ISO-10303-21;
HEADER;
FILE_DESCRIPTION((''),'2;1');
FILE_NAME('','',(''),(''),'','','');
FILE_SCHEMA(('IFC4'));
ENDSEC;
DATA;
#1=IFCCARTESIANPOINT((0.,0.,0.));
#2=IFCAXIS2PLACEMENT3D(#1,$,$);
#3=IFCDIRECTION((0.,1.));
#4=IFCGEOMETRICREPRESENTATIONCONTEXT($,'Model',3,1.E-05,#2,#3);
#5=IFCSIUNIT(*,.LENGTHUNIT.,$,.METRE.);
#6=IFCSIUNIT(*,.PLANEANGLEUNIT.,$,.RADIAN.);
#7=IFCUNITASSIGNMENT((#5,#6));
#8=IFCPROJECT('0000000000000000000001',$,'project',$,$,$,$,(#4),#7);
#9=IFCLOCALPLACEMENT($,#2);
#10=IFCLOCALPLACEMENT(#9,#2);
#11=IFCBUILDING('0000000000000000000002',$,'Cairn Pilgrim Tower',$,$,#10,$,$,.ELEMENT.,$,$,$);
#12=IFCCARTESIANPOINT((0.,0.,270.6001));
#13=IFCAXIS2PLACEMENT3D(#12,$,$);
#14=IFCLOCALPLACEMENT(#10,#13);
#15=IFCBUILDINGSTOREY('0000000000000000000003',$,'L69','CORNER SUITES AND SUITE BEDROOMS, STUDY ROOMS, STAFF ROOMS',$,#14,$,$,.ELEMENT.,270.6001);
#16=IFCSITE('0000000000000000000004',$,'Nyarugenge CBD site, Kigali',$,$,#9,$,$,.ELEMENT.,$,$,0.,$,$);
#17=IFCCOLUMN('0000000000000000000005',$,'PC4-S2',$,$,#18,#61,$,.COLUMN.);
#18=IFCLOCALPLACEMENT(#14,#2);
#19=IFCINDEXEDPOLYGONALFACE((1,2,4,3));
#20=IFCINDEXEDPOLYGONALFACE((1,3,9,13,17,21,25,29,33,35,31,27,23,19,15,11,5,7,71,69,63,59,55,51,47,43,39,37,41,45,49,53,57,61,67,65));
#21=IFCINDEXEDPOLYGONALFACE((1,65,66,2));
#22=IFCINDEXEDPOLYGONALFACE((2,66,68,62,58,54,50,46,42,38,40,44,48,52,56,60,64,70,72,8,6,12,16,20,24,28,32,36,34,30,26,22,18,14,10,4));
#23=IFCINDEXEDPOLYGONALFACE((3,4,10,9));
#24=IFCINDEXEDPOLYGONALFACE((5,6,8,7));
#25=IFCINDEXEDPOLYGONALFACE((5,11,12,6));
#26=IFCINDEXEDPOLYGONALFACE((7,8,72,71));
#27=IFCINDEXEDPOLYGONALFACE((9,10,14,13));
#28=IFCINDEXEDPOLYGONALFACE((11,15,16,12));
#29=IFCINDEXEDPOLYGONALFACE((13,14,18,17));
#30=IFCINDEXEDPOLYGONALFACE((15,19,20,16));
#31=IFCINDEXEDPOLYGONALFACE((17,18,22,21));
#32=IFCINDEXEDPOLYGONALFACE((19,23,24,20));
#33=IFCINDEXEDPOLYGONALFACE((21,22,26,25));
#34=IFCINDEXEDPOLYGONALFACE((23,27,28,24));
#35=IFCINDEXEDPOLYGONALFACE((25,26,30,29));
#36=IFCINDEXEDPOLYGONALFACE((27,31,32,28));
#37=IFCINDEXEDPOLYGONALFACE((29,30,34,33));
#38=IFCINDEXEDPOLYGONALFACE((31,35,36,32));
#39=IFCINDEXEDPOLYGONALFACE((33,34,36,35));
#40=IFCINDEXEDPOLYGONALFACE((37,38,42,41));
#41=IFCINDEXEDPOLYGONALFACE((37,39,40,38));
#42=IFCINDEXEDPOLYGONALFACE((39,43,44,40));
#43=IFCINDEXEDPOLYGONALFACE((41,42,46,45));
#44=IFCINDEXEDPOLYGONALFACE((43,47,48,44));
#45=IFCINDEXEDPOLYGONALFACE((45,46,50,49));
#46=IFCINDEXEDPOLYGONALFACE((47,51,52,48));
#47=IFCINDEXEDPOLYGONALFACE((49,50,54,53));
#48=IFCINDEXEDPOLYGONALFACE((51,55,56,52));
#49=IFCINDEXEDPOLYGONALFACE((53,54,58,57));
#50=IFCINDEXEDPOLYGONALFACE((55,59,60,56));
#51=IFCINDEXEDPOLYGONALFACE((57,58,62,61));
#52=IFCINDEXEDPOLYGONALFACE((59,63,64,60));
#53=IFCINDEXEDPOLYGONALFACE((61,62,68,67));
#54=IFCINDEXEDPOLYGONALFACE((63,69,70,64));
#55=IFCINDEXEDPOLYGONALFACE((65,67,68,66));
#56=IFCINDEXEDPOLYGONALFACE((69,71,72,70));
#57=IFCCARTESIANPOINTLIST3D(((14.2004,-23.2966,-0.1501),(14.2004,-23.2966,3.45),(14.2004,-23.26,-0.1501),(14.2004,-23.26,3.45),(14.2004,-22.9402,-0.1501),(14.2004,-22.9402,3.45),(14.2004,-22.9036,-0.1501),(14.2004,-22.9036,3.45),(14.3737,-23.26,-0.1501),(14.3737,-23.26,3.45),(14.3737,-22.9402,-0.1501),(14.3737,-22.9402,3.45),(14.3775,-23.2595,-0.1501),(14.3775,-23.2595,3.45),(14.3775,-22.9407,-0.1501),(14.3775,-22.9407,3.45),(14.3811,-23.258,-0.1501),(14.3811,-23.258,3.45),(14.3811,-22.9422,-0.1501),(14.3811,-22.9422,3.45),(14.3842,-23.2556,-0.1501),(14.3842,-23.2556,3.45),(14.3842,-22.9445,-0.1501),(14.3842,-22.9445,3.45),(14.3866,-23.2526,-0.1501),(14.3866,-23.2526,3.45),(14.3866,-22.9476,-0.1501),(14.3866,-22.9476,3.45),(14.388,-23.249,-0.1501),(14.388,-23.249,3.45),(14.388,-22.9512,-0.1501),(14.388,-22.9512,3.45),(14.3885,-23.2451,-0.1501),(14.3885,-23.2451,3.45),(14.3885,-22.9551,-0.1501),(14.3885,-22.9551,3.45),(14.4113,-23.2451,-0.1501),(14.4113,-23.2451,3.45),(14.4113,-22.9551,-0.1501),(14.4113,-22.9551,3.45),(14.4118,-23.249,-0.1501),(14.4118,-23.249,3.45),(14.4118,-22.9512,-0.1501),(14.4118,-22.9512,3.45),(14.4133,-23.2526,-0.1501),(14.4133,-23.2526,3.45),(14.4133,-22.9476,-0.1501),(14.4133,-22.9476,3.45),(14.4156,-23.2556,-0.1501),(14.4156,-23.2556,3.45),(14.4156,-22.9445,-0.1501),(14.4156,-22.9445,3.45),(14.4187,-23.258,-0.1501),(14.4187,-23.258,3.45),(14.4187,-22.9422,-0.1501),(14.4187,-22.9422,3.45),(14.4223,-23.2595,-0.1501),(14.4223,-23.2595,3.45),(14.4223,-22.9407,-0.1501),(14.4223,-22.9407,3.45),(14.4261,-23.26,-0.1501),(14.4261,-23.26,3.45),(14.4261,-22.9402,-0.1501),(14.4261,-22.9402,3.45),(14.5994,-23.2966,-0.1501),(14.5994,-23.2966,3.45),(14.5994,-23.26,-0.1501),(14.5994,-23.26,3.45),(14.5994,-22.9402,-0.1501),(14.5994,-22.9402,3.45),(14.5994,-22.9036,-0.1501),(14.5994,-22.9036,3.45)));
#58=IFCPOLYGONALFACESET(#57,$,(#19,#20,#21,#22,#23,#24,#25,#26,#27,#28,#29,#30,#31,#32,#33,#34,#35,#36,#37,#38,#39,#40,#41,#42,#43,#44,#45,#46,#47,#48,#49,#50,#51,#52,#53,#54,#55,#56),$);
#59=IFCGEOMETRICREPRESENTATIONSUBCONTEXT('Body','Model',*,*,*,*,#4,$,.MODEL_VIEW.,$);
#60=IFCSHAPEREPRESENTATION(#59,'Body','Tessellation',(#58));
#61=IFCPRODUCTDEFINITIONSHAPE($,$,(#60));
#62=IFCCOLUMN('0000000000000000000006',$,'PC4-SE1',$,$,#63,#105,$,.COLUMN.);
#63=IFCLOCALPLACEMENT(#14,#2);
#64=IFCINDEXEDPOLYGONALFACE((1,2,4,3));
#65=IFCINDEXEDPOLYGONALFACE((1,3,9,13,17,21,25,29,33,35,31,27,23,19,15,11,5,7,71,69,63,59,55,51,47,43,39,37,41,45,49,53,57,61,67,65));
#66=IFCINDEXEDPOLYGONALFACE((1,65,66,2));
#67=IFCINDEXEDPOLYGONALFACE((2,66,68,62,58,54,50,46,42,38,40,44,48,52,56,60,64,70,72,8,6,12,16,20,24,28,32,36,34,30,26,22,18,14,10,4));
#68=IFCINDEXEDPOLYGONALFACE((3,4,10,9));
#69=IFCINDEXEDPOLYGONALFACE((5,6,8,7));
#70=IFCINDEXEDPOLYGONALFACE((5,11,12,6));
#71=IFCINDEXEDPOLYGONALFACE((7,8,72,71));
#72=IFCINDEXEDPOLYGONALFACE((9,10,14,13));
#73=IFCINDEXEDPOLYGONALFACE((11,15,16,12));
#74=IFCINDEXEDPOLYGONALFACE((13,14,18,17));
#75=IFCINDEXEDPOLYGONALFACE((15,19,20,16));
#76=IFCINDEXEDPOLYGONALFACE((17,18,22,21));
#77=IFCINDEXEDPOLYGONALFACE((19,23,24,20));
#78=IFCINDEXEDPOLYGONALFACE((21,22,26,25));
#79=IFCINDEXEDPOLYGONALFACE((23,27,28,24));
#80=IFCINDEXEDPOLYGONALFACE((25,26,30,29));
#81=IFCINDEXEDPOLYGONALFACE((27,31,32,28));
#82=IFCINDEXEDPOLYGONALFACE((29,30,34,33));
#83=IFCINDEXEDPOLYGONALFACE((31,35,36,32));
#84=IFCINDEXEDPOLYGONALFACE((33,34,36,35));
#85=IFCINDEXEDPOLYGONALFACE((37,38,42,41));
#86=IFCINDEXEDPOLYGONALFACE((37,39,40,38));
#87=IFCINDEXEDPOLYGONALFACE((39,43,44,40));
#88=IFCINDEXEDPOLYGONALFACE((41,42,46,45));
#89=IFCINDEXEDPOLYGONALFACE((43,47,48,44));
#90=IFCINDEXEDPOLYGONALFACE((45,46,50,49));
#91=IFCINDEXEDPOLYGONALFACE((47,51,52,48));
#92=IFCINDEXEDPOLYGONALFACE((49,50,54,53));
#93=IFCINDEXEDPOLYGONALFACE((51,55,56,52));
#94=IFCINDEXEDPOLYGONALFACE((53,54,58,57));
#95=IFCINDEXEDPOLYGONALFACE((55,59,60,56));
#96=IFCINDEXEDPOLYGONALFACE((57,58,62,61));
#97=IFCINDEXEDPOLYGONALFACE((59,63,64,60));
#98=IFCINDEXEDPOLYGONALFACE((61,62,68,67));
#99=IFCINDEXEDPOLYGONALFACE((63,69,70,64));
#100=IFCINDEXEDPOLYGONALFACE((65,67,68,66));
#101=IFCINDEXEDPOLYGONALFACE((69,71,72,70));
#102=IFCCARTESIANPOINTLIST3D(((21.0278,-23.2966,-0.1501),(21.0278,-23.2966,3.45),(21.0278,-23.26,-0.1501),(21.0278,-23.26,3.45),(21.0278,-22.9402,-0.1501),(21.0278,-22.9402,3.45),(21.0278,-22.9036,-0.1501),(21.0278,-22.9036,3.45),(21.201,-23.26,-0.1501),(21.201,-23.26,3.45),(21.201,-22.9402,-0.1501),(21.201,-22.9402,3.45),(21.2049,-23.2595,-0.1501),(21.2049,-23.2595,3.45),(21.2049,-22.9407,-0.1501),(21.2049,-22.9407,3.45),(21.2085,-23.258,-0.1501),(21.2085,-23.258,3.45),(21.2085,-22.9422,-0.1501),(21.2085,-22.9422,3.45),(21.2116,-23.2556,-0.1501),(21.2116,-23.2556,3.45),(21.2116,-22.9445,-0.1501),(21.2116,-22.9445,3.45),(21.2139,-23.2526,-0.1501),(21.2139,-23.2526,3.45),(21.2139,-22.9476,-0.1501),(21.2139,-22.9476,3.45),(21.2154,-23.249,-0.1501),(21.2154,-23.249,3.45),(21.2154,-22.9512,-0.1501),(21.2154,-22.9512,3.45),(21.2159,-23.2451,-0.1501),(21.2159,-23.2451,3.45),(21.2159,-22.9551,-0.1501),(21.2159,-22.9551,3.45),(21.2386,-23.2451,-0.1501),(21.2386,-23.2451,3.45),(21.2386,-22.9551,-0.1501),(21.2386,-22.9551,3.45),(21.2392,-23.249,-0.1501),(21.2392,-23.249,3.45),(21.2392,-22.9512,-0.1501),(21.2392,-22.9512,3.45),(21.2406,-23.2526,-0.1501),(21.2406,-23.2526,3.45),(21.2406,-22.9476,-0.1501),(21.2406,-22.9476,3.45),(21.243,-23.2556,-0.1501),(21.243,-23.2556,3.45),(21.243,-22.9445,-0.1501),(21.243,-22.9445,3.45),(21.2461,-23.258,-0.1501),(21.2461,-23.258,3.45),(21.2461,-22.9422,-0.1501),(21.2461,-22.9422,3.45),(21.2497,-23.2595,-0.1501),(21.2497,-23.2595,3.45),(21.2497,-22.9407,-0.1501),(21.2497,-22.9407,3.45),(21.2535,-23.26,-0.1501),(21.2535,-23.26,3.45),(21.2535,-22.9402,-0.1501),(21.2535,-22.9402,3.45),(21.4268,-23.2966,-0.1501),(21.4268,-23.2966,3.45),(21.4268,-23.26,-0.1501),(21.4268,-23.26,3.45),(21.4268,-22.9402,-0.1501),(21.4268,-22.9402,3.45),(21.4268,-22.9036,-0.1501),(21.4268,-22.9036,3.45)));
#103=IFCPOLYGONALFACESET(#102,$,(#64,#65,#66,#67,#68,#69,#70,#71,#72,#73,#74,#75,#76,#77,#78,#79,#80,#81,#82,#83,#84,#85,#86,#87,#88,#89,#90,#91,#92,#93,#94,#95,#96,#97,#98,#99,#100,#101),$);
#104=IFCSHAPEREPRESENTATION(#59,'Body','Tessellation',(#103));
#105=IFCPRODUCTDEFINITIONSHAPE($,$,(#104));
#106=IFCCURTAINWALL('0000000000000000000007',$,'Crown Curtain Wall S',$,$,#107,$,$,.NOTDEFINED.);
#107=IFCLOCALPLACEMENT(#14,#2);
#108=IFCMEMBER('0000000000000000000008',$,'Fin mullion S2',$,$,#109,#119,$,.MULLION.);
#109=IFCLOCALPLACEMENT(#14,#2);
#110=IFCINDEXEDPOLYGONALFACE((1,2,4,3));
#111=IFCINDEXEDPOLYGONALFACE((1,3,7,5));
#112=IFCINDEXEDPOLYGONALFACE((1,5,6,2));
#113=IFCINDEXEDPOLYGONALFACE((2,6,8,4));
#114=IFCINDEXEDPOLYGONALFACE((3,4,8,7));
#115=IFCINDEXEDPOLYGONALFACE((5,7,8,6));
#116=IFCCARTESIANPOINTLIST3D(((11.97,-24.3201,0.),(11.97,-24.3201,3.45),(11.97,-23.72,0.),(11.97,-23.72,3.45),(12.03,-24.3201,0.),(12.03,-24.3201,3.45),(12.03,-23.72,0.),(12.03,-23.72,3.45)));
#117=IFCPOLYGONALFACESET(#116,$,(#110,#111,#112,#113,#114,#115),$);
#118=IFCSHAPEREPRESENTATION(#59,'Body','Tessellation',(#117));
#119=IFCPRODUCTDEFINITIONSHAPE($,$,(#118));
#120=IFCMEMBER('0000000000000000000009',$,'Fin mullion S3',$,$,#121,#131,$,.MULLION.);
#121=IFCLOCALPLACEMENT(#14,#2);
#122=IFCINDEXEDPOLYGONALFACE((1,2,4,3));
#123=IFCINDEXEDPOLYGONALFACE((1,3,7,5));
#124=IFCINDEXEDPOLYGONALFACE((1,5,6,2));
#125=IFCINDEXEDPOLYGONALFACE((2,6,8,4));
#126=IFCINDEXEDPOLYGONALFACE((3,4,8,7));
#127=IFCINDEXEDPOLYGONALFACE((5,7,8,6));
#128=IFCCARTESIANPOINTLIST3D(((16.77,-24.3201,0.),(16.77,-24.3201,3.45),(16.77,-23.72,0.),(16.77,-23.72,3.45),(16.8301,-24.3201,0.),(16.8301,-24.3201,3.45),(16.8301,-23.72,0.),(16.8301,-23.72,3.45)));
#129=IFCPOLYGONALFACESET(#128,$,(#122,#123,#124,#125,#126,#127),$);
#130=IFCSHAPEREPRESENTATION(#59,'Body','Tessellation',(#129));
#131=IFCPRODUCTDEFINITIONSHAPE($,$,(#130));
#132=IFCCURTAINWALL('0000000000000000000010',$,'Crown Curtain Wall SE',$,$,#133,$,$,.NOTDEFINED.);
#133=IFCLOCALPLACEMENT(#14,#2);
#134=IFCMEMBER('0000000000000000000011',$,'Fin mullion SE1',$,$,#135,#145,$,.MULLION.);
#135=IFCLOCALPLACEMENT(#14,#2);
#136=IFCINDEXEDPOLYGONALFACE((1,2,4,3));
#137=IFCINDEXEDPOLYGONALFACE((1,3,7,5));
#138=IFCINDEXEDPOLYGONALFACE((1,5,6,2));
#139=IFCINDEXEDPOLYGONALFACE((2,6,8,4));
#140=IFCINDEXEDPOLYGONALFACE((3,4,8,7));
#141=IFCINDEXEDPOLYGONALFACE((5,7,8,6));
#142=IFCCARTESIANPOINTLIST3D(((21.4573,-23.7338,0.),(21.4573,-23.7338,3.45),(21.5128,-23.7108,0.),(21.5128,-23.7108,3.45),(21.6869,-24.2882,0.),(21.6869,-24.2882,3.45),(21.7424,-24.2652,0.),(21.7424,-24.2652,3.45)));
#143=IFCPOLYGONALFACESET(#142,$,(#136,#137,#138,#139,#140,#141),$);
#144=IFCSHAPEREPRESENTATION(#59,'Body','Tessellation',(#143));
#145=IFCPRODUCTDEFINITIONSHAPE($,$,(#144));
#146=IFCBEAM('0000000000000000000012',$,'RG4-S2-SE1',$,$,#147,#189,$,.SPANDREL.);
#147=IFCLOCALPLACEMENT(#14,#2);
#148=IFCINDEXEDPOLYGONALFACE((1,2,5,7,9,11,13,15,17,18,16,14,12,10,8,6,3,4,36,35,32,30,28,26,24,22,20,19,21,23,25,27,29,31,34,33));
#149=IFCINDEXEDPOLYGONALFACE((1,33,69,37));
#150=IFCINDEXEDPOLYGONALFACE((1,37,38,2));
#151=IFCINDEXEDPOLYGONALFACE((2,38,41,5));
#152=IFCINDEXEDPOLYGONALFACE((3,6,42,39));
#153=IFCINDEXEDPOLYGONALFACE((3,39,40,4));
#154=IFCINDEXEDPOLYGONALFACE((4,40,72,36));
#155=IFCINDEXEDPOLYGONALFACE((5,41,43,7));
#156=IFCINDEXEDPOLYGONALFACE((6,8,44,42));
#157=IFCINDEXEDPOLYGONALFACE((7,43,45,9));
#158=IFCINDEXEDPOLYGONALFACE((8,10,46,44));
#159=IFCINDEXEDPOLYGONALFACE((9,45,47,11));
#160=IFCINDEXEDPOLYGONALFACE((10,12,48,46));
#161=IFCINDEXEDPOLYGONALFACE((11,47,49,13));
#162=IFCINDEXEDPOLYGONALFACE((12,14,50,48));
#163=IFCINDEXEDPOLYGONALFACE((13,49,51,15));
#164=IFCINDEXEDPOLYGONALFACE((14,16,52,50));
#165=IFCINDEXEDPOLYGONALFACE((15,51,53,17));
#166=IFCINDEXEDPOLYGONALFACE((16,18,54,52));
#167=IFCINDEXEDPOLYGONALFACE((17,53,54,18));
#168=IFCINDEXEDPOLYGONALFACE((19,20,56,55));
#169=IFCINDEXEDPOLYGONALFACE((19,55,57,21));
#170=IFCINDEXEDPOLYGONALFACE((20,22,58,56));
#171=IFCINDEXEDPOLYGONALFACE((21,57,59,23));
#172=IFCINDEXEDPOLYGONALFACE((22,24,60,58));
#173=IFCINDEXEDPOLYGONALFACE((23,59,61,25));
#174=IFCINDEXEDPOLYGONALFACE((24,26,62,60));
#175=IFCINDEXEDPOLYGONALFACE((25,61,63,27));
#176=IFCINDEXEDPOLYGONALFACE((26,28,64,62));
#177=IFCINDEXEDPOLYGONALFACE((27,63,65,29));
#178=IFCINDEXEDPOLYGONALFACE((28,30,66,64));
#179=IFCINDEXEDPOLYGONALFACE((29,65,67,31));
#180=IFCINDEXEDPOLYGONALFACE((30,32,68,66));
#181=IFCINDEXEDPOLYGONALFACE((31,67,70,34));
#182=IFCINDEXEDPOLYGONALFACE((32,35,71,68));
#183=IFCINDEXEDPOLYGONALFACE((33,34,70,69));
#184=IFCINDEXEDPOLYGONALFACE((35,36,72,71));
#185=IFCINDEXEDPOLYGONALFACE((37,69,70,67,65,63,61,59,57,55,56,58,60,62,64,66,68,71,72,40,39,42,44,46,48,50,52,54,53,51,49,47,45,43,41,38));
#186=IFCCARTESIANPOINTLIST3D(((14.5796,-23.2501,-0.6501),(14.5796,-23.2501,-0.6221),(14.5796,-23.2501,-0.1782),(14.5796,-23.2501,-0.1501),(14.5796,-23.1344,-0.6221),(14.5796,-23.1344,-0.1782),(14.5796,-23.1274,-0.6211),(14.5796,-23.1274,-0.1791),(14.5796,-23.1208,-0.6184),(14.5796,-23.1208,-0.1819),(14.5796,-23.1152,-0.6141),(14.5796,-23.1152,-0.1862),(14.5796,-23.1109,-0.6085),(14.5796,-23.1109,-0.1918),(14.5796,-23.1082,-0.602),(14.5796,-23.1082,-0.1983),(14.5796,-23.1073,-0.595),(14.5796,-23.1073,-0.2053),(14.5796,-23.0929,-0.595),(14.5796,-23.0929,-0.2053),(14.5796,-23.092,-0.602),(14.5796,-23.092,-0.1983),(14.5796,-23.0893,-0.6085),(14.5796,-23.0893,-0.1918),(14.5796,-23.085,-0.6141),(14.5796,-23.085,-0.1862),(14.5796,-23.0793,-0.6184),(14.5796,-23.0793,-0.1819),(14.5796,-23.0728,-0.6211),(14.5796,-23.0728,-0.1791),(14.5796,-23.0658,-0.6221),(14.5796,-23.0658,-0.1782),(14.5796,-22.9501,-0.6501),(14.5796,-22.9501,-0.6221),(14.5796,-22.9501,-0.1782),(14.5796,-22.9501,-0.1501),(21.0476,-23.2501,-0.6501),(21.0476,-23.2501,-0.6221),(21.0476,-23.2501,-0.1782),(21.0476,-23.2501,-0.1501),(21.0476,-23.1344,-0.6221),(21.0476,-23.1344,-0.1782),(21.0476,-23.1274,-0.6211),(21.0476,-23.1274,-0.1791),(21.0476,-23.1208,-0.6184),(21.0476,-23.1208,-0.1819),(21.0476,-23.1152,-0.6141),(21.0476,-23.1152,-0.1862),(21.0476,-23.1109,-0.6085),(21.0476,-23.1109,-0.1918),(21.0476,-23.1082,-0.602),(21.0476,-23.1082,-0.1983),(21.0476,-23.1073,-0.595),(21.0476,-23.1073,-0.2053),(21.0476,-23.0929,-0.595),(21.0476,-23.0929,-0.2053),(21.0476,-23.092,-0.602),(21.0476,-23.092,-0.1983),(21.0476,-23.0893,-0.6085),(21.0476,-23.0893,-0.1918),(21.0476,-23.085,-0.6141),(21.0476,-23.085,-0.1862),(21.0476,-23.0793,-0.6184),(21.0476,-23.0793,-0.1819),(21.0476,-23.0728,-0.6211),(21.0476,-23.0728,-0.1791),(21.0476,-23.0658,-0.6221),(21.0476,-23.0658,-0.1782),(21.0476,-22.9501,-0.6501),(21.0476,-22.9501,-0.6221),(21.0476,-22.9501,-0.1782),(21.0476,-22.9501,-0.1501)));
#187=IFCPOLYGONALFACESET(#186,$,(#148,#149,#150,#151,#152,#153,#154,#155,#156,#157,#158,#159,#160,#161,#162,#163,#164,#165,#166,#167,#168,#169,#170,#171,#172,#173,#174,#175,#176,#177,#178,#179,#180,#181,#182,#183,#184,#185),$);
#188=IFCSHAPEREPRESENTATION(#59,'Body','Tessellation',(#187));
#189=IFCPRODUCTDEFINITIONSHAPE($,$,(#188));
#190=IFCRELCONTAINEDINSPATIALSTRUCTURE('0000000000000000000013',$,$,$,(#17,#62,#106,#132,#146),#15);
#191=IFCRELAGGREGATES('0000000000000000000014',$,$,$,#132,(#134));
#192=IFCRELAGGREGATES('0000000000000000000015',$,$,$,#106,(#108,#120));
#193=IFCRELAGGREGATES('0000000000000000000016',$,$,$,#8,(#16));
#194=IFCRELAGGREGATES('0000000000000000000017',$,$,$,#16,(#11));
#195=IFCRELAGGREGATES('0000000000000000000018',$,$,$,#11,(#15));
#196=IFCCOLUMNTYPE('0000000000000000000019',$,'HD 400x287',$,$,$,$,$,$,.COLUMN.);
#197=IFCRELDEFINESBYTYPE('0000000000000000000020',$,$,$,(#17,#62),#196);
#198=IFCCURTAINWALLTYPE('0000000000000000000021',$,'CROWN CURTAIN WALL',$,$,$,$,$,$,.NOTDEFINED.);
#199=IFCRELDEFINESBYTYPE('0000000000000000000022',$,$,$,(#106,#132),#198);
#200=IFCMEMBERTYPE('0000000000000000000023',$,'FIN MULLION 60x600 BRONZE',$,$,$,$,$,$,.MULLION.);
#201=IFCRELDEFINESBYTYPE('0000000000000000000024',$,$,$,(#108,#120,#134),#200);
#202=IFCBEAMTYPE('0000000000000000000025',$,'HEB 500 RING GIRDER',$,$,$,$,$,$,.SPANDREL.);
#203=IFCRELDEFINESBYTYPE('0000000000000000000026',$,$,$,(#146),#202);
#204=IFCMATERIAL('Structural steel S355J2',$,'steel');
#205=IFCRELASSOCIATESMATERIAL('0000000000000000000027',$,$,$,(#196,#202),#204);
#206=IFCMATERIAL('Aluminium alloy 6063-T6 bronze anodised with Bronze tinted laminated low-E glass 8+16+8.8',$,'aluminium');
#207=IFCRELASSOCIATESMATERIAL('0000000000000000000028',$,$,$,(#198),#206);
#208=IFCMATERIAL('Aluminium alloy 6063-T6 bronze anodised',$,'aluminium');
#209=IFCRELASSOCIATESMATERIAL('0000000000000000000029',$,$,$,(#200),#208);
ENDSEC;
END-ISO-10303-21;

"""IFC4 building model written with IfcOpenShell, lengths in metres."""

from ifc_helpers import new_model, si_unit, direction, frame, origin, origin_2d, place, context, subcontext, project, spatial, rectangle, i_section, extrude, material, material_profile, profile_set, type_object, element, aggregate, save


model = new_model("IFC4")

# Units and contexts
model_context = context("Model", 3, precision=1e-05, world=origin(), true_north=direction((0.0, 1.0)))
body_context = subcontext(model_context, "Body", "Model", "MODEL_VIEW")
ifc_project = project(units=[si_unit("LENGTHUNIT", "METRE"), si_unit("PLANEANGLEUNIT", "RADIAN")], contexts=[model_context])

# Site, building, storey
site_placement = place(None, origin())
site = spatial("IfcSite", under=ifc_project, at=site_placement, Name="Nyarugenge CBD site, Kigali", CompositionType="ELEMENT", RefElevation=0.0)
building_placement = place(site_placement, origin())
building = spatial("IfcBuilding", under=site, at=building_placement, Name="Cairn Pilgrim Tower", CompositionType="ELEMENT")
storey_placement = place(building_placement, frame((0.0, 0.0, 270.6001)))
storey = spatial("IfcBuildingStorey", under=building, at=storey_placement, Name="L69", Description="CORNER SUITES AND SUITE BEDROOMS, STUDY ROOMS, STAFF ROOMS", CompositionType="ELEMENT", Elevation=270.6001)

# Columns
ifc_material_1 = material(Name="Structural steel S355J2", Category="steel")
ifc_material_profile_1 = material_profile(ifc_material_1, i_section(OverallWidth=0.3989, OverallDepth=0.3931, WebThickness=0.0227, FlangeThickness=0.0366, FilletRadius=0.0149, at=origin_2d()), Name="HD 400x287")
ifc_profile_set_1 = profile_set([ifc_material_profile_1], Name="Structural steel S355J2")
column_type = type_object("IfcColumnType", Name="HD 400x287", PredefinedType="COLUMN", material=ifc_profile_set_1)
for number, where, z_axis, x_axis, name in (
    (1, (14.3999, -23.1001, -0.1501), (0.0, 0.0, 1.0), (1.0, 0.0, 0.0), "PC4-S2"),
    (2, (21.2273, -23.1001, -0.1501), (0.0, 0.0, 1.0), (1.0, 0.0, 0.0), "PC4-SE1"),
):
    element("IfcColumn", number, at=place(storey_placement, frame(where, z_axis=z_axis, x_axis=x_axis)), inside=storey, type_object=column_type, Name=name, PredefinedType="COLUMN", context=body_context, shape_type="SweptSolid", body=[
        extrude(i_section(OverallWidth=0.3989, OverallDepth=0.3931, WebThickness=0.0227, FlangeThickness=0.0366, FilletRadius=0.0149, at=origin_2d()), origin(), (0.0, 0.0, 1.0), 3.6001),
    ])

# Curtain wall, members
ifc_material_2 = material(Name="Aluminium alloy 6063-T6 bronze anodised with Bronze tinted laminated low-E glass 8+16+8.8", Category="aluminium")
curtain_wall_type = type_object("IfcCurtainWallType", Name="CROWN CURTAIN WALL", PredefinedType="NOTDEFINED", material=ifc_material_2)
curtain_wall_1_placement = place(storey_placement, origin())
curtain_wall_1 = element("IfcCurtainWall", 3, at=curtain_wall_1_placement, inside=storey, type_object=curtain_wall_type, Name="Crown Curtain Wall S", PredefinedType="NOTDEFINED")
ifc_material_3 = material(Name="Aluminium alloy 6063-T6 bronze anodised", Category="aluminium")
ifc_material_profile_2 = material_profile(ifc_material_3, rectangle(XDim=0.6001, YDim=0.0601, at=origin_2d()), Name="FIN MULLION 60x600 BRONZE")
ifc_profile_set_2 = profile_set([ifc_material_profile_2], Name="Aluminium alloy 6063-T6 bronze anodised")
member_type_1 = type_object("IfcMemberType", Name="FIN MULLION 60x600 BRONZE", PredefinedType="MULLION", material=ifc_profile_set_2)
member_1_placement = place(storey_placement, frame((12.0, -24.02, 0.0), z_axis=(0.0, 0.0, 1.0), x_axis=(0.0, -1.0, 0.0)))
member_1 = element("IfcMember", 4, at=member_1_placement, type_object=member_type_1, Name="Fin mullion S2", PredefinedType="MULLION", context=body_context, shape_type="SweptSolid", body=[
    extrude(rectangle(XDim=0.6001, YDim=0.0601, at=origin_2d()), origin(), (0.0, 0.0, 1.0), 3.45),
])
member_2_placement = place(storey_placement, frame((16.8, -24.02, 0.0), z_axis=(0.0, 0.0, 1.0), x_axis=(0.0, -1.0, 0.0)))
member_2 = element("IfcMember", 5, at=member_2_placement, type_object=member_type_1, Name="Fin mullion S3", PredefinedType="MULLION", context=body_context, shape_type="SweptSolid", body=[
    extrude(rectangle(XDim=0.6001, YDim=0.0601, at=origin_2d()), origin(), (0.0, 0.0, 1.0), 3.45),
])

# Curtain wall, member
curtain_wall_2_placement = place(storey_placement, origin())
curtain_wall_2 = element("IfcCurtainWall", 6, at=curtain_wall_2_placement, inside=storey, type_object=curtain_wall_type, Name="Crown Curtain Wall SE", PredefinedType="NOTDEFINED")
member_3_placement = place(storey_placement, frame((21.5999, -23.9995, 0.0), z_axis=(0.0, 0.0, 1.0), x_axis=(0.382683, -0.92388, 0.0)))
member_3 = element("IfcMember", 7, at=member_3_placement, type_object=member_type_1, Name="Fin mullion SE1", PredefinedType="MULLION", context=body_context, shape_type="SweptSolid", body=[
    extrude(rectangle(XDim=0.6001, YDim=0.0601, at=origin_2d()), origin(), (0.0, 0.0, 1.0), 3.45),
])

# Beam
ifc_material_profile_3 = material_profile(ifc_material_1, i_section(OverallWidth=0.3, OverallDepth=0.5, WebThickness=0.0144, FlangeThickness=0.0281, FilletRadius=0.0271, at=origin_2d()), Name="HEB 500")
ifc_profile_set_3 = profile_set([ifc_material_profile_3], Name="Structural steel S355J2")
beam_type_1 = type_object("IfcBeamType", Name="HEB 500 RING GIRDER", PredefinedType="SPANDREL", material=ifc_profile_set_3)
beam_1_placement = place(storey_placement, frame((14.5796, -23.1001, -0.4001), z_axis=(1.0, 0.0, 0.0), x_axis=(0.0, 1.0, 0.0)))
element("IfcBeam", 8, at=beam_1_placement, inside=storey, type_object=beam_type_1, Name="RG4-S2-SE1", PredefinedType="SPANDREL", context=body_context, shape_type="SweptSolid", body=[
    extrude(i_section(OverallWidth=0.3, OverallDepth=0.5, WebThickness=0.0144, FlangeThickness=0.0281, FilletRadius=0.0271, at=origin_2d()), origin(), (0.0, 0.0, 1.0), 6.468),
])

aggregate(curtain_wall_2, [member_3])

aggregate(curtain_wall_1, [member_1, member_2])

save(model, "model.ifc")
